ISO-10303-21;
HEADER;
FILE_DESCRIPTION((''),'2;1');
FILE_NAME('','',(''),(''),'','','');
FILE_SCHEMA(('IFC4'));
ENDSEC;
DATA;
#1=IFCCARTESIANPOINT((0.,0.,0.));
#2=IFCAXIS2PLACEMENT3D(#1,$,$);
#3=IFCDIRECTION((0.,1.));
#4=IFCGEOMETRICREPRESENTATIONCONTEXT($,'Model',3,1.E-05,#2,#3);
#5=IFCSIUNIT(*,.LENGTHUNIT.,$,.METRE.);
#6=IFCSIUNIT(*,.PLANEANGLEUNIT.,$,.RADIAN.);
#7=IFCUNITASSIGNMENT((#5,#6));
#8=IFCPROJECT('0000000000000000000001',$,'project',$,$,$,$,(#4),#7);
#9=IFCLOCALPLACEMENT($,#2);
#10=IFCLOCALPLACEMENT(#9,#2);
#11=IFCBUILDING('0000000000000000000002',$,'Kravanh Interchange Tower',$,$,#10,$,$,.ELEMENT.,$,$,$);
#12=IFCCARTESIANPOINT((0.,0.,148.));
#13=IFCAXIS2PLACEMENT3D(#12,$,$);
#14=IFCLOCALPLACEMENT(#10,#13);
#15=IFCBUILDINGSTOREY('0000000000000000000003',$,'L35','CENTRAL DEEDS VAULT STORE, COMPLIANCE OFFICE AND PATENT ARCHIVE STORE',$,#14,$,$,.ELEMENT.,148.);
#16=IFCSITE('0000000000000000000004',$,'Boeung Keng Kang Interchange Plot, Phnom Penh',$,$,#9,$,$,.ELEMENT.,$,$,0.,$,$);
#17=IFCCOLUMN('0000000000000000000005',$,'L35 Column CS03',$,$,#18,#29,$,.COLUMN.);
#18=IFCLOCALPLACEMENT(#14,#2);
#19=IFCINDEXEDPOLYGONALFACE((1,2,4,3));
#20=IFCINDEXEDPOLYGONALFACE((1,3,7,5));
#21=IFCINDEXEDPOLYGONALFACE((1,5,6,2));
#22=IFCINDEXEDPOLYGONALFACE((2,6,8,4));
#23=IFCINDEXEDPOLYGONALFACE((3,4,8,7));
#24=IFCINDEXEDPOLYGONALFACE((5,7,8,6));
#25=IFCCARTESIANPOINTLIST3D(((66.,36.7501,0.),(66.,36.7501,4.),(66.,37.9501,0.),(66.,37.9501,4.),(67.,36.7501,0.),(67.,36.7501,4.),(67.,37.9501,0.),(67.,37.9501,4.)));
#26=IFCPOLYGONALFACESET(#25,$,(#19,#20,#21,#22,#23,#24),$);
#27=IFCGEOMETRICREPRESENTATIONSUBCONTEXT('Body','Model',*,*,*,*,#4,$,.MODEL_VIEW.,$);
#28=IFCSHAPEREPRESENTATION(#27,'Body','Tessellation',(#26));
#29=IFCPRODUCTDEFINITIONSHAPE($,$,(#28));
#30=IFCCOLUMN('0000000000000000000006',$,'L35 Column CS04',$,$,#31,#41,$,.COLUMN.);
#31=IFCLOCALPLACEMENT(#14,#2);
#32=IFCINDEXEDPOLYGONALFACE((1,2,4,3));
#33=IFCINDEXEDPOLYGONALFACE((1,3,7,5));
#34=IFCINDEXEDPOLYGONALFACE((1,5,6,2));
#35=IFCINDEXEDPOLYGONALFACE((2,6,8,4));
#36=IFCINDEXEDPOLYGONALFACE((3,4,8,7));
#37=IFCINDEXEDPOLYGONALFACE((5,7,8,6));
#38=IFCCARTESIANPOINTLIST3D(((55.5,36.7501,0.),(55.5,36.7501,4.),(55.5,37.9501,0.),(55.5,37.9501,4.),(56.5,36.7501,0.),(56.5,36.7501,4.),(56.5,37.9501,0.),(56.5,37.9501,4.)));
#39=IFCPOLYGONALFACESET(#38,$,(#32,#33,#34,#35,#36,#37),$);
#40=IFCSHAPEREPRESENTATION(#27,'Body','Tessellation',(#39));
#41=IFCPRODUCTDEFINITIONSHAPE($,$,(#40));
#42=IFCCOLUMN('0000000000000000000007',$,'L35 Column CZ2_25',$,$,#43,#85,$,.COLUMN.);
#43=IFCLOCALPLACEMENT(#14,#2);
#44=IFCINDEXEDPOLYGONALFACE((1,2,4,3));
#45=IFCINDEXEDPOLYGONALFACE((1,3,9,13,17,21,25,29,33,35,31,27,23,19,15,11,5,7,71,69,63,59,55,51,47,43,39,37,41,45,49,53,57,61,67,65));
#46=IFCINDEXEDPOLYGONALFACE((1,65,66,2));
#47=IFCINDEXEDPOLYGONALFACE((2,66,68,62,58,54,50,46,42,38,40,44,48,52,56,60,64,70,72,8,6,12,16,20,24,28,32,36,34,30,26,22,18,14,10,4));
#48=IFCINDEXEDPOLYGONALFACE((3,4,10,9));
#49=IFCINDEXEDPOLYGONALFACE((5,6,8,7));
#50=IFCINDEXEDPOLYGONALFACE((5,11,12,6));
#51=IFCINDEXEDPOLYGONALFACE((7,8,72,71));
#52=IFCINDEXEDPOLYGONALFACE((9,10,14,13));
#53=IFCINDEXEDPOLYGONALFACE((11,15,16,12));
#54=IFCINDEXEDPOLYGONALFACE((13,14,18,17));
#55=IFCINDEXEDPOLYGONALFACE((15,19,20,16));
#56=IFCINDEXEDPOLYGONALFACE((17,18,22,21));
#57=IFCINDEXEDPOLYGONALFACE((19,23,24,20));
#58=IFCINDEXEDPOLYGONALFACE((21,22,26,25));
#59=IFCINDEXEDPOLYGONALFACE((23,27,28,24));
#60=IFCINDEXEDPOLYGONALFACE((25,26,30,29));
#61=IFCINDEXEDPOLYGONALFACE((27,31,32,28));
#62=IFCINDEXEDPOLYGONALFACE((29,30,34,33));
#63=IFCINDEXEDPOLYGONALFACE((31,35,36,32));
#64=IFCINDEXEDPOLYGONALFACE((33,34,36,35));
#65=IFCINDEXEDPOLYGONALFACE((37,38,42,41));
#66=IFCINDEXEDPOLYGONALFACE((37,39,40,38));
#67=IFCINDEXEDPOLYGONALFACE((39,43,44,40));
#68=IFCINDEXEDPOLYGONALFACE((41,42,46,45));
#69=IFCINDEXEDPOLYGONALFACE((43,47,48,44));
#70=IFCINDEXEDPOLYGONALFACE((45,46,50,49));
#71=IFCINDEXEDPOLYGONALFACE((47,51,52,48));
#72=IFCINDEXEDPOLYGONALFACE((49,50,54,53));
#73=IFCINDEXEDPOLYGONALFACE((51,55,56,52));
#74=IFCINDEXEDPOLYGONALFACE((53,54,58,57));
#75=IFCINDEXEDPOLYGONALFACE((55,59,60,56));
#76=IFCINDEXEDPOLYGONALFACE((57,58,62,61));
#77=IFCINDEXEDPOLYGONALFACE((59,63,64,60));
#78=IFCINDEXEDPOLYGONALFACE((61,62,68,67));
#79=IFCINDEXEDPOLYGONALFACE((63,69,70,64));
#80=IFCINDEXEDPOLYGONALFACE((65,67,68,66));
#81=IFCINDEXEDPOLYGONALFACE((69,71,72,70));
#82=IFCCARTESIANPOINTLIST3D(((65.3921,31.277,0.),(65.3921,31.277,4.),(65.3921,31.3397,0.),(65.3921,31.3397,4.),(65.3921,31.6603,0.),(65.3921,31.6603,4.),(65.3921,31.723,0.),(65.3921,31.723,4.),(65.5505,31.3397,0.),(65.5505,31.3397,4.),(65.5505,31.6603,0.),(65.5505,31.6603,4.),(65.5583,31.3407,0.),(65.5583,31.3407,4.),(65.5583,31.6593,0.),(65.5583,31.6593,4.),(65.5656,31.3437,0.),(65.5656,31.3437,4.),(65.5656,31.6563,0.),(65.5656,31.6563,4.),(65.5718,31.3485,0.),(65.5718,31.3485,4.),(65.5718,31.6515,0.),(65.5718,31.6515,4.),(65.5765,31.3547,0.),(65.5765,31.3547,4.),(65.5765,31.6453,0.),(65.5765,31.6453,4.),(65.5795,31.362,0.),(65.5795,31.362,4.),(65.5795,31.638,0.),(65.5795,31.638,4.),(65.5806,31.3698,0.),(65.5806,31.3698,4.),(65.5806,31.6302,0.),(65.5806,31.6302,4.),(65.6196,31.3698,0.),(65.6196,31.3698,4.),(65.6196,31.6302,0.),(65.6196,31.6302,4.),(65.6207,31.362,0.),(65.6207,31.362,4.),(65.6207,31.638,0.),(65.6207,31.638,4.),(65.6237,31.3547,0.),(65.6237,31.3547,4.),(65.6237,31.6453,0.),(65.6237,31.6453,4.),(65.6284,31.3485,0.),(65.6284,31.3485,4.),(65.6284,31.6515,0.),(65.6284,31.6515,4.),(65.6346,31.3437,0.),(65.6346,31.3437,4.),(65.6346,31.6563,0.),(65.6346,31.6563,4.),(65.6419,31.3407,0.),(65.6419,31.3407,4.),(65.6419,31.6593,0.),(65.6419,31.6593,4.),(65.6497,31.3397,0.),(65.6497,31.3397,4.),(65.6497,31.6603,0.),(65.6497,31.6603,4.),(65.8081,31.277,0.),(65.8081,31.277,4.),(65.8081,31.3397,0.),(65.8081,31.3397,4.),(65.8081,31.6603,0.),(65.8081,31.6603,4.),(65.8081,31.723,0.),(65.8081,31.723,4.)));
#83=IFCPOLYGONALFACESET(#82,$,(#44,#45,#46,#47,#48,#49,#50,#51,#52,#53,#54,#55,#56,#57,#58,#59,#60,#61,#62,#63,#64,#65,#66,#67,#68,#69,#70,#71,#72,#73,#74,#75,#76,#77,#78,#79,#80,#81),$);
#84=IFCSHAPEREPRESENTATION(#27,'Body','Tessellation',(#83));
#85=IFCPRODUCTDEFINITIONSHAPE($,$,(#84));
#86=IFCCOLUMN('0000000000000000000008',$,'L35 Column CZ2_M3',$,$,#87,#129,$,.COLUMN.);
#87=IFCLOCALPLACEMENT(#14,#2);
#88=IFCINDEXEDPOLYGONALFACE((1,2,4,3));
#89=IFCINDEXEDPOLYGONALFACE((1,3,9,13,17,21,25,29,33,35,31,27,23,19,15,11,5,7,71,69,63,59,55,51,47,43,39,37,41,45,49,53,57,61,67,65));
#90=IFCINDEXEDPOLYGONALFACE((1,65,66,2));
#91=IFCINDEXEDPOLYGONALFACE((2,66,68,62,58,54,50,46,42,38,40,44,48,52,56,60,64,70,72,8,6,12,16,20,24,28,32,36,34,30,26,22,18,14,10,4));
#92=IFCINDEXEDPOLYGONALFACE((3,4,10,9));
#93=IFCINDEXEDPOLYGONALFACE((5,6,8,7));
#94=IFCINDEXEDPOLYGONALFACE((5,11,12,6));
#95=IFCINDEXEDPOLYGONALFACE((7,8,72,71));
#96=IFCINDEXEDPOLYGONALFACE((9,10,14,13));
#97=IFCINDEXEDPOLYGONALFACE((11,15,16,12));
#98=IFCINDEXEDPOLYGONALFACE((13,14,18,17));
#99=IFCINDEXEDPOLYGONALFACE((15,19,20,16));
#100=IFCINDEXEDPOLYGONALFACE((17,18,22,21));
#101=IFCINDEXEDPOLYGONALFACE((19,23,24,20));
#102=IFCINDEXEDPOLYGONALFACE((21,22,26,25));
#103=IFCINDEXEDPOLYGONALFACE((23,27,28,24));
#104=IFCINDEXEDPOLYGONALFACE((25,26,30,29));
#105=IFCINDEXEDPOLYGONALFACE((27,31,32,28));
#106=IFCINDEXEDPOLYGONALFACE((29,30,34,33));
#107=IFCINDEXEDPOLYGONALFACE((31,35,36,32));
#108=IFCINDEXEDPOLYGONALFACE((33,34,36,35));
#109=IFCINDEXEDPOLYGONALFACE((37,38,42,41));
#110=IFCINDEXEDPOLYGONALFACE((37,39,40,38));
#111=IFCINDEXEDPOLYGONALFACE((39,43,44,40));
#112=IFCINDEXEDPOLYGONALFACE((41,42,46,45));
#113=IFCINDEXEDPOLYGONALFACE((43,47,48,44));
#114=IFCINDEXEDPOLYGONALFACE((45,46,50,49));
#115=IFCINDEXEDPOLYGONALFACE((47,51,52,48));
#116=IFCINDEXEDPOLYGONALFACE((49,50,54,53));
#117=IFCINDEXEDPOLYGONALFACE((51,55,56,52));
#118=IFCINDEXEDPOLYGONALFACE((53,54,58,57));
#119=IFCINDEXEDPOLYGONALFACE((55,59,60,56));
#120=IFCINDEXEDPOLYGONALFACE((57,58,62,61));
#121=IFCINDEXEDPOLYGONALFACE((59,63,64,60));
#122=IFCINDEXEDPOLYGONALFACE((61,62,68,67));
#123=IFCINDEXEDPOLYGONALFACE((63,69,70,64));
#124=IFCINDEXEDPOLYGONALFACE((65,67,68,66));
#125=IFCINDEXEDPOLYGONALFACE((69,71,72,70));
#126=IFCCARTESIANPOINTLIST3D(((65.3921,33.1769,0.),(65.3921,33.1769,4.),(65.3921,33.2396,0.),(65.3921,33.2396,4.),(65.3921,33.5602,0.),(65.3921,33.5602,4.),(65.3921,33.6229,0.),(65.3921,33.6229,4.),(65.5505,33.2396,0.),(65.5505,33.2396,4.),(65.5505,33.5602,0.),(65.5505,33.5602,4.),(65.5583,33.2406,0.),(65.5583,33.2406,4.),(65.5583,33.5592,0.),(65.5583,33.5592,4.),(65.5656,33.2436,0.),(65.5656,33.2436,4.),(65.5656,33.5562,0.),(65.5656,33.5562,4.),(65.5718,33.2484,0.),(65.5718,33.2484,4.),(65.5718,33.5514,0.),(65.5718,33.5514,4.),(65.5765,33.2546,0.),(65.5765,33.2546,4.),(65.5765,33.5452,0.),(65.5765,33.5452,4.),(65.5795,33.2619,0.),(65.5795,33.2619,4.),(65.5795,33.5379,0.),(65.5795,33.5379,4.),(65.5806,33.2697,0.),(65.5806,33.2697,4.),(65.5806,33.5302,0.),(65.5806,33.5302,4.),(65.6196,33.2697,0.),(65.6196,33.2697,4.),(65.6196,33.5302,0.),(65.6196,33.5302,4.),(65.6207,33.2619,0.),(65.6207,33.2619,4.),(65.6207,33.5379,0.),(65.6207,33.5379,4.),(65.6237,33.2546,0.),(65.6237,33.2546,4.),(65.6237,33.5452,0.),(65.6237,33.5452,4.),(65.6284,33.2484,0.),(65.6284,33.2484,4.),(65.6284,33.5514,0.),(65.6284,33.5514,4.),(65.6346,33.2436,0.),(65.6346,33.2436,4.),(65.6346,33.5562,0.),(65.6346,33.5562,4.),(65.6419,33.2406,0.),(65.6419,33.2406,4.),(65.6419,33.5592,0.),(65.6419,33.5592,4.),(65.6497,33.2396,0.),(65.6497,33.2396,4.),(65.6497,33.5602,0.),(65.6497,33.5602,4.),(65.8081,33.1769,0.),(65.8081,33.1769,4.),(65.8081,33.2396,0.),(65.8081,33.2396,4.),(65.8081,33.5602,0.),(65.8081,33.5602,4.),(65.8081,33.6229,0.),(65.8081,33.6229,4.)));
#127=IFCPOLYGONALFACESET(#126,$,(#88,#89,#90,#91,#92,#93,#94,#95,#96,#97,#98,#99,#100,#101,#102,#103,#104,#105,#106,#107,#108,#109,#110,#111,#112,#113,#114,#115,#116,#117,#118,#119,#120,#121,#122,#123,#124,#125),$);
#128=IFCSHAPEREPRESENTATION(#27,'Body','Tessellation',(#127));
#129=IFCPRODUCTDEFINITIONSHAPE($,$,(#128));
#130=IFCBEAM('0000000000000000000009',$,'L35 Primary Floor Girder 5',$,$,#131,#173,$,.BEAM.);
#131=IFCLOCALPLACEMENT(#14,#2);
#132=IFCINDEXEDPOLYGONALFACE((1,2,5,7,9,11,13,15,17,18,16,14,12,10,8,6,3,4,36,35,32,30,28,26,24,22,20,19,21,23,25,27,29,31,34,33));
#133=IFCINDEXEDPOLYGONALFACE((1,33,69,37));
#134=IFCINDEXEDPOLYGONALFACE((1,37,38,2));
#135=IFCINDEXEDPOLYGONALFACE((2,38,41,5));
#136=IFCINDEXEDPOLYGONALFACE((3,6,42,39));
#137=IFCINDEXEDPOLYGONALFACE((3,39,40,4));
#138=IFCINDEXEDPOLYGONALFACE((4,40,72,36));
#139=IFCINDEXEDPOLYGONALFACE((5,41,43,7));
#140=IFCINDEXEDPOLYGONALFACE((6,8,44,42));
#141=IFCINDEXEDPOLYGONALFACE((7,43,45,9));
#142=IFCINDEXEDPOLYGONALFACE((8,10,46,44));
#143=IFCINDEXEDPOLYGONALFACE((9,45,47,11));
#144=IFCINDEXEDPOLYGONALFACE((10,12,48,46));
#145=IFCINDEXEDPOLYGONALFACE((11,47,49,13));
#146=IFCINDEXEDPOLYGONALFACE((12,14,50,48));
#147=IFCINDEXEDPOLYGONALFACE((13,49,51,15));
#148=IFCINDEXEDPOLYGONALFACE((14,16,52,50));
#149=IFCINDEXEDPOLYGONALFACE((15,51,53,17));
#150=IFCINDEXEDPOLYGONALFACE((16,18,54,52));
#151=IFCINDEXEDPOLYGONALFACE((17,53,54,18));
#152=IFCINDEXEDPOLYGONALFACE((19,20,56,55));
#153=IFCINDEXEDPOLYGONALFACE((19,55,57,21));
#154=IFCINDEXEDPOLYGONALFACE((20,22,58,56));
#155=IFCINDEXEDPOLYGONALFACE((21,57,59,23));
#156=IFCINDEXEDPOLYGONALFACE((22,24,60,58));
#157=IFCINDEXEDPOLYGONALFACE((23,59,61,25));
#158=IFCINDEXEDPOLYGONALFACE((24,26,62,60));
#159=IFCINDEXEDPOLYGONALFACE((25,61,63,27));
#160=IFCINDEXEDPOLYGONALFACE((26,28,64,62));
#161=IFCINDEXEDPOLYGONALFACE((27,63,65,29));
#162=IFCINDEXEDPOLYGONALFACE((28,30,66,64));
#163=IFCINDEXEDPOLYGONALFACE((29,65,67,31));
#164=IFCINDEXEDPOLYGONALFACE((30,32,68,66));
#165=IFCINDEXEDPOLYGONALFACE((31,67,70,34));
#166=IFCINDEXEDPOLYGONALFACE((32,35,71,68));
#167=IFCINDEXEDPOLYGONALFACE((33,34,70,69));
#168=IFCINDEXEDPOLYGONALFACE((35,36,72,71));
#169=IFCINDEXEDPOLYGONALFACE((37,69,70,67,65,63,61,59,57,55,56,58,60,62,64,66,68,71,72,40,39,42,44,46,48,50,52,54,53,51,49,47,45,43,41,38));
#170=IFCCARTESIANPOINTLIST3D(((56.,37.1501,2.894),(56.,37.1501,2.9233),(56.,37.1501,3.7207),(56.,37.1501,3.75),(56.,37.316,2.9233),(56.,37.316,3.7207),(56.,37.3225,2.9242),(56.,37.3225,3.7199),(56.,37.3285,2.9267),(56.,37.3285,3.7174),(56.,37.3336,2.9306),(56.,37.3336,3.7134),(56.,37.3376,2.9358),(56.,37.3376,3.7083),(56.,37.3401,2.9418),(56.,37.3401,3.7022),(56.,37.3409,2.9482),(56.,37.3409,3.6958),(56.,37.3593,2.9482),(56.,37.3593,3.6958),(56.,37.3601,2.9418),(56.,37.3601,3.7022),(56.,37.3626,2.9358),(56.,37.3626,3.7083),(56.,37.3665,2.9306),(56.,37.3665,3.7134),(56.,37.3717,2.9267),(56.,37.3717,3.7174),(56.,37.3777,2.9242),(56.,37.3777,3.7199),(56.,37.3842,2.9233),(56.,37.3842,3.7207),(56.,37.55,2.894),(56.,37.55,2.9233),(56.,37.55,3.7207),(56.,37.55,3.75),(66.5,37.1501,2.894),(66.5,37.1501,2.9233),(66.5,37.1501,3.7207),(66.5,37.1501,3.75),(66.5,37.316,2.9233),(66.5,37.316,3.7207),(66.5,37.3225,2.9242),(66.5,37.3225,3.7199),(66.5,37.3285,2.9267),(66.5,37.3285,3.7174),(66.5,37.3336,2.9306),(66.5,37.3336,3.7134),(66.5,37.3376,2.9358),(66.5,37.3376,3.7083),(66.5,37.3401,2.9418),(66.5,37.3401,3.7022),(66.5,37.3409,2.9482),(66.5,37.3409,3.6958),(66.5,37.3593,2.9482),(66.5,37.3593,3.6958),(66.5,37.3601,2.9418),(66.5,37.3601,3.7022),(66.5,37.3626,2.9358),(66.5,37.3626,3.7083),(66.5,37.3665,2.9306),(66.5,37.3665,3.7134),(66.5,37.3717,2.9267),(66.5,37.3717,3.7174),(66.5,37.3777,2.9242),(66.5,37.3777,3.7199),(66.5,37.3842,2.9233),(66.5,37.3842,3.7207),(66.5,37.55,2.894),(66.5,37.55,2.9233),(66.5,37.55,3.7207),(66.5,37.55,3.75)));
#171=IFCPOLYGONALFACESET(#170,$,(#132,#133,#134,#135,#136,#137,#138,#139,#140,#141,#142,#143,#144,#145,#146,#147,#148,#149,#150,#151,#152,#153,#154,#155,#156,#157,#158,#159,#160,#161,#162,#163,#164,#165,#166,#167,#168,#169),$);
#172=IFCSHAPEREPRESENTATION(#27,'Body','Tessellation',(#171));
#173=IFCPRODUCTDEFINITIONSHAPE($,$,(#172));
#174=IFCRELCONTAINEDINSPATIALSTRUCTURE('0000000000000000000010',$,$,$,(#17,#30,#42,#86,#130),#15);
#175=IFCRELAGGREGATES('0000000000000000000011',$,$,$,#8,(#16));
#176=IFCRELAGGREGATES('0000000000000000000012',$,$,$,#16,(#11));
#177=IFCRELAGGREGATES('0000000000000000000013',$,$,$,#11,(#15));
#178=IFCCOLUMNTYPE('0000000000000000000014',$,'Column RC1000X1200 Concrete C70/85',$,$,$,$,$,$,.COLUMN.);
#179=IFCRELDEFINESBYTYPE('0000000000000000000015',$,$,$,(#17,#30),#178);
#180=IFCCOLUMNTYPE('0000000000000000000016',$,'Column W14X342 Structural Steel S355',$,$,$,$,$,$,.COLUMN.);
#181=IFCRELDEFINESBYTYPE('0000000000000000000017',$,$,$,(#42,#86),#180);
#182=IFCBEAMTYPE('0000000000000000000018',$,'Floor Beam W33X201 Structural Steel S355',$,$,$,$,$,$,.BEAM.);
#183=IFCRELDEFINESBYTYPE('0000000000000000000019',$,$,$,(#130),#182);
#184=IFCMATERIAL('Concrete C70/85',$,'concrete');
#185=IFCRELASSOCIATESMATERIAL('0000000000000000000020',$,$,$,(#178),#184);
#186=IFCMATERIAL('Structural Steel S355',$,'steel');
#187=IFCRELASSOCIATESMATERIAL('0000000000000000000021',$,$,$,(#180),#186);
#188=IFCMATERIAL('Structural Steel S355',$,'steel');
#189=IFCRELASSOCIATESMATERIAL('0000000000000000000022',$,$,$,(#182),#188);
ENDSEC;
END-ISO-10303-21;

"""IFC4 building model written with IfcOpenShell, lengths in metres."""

from ifc_helpers import new_model, si_unit, direction, frame, origin, origin_2d, place, context, subcontext, project, spatial, rectangle, i_section, extrude, material, material_profile, profile_set, type_object, element, save


model = new_model("IFC4")

# Units and contexts
model_context = context("Model", 3, precision=1e-05, world=origin(), true_north=direction((0.0, 1.0)))
body_context = subcontext(model_context, "Body", "Model", "MODEL_VIEW")
ifc_project = project(units=[si_unit("LENGTHUNIT", "METRE"), si_unit("PLANEANGLEUNIT", "RADIAN")], contexts=[model_context])

# Site, building, storey
site_placement = place(None, origin())
site = spatial("IfcSite", under=ifc_project, at=site_placement, Name="Boeung Keng Kang Interchange Plot, Phnom Penh", CompositionType="ELEMENT", RefElevation=0.0)
building_placement = place(site_placement, origin())
building = spatial("IfcBuilding", under=site, at=building_placement, Name="Kravanh Interchange Tower", CompositionType="ELEMENT")
storey_placement = place(building_placement, frame((0.0, 0.0, 148.0)))
storey = spatial("IfcBuildingStorey", under=building, at=storey_placement, Name="L35", Description="CENTRAL DEEDS VAULT STORE, COMPLIANCE OFFICE AND PATENT ARCHIVE STORE", CompositionType="ELEMENT", Elevation=148.0)

# Columns
ifc_material_1 = material(Name="Concrete C70/85", Category="concrete")
ifc_material_profile_1 = material_profile(ifc_material_1, rectangle(XDim=1.0, YDim=1.2, at=origin_2d()), Name="RC1000X1200")
ifc_profile_set_1 = profile_set([ifc_material_profile_1], Name="Concrete C70/85")
column_type_1 = type_object("IfcColumnType", Name="Column RC1000X1200 Concrete C70/85", PredefinedType="COLUMN", material=ifc_profile_set_1)
for number, where, z_axis, x_axis, name in (
    (1, (66.5, 37.3501, 0.0), (0.0, 0.0, 1.0), (1.0, 0.0, 0.0), "L35 Column CS03"),
    (2, (56.0, 37.3501, 0.0), (0.0, 0.0, 1.0), (1.0, 0.0, 0.0), "L35 Column CS04"),
):
    element("IfcColumn", number, at=place(storey_placement, frame(where, z_axis=z_axis, x_axis=x_axis)), inside=storey, type_object=column_type_1, Name=name, PredefinedType="COLUMN", context=body_context, shape_type="SweptSolid", body=[
        extrude(rectangle(XDim=1.0, YDim=1.2, at=origin_2d()), origin(), (0.0, 0.0, 1.0), 4.0),
    ])
ifc_material_2 = material(Name="Structural Steel S355", Category="steel")
ifc_material_profile_2 = material_profile(ifc_material_2, i_section(OverallWidth=0.416, OverallDepth=0.446, WebThickness=0.0391, FlangeThickness=0.0627, FilletRadius=0.03, at=origin_2d()), Name="W14X342")
ifc_profile_set_2 = profile_set([ifc_material_profile_2], Name="Structural Steel S355")
column_type_2 = type_object("IfcColumnType", Name="Column W14X342 Structural Steel S355", PredefinedType="COLUMN", material=ifc_profile_set_2)
for number, where, z_axis, x_axis, name in (
    (3, (65.6001, 31.5, 0.0), (0.0, 0.0, 1.0), (1.0, 0.0, 0.0), "L35 Column CZ2_25"),
    (4, (65.6001, 33.3999, 0.0), (0.0, 0.0, 1.0), (1.0, 0.0, 0.0), "L35 Column CZ2_M3"),
):
    element("IfcColumn", number, at=place(storey_placement, frame(where, z_axis=z_axis, x_axis=x_axis)), inside=storey, type_object=column_type_2, Name=name, PredefinedType="COLUMN", context=body_context, shape_type="SweptSolid", body=[
        extrude(i_section(OverallWidth=0.416, OverallDepth=0.446, WebThickness=0.0391, FlangeThickness=0.0627, FilletRadius=0.03, at=origin_2d()), origin(), (0.0, 0.0, 1.0), 4.0),
    ])

# Beam
ifc_material_3 = material(Name="Structural Steel S355", Category="steel")
ifc_material_profile_3 = material_profile(ifc_material_3, i_section(OverallWidth=0.3999, OverallDepth=0.856, WebThickness=0.0183, FlangeThickness=0.0293, FilletRadius=0.0249, at=origin_2d()), Name="W33X201")
ifc_profile_set_3 = profile_set([ifc_material_profile_3], Name="Structural Steel S355")
beam_type_1 = type_object("IfcBeamType", Name="Floor Beam W33X201 Structural Steel S355", PredefinedType="BEAM", material=ifc_profile_set_3)
beam_1_placement = place(storey_placement, frame((66.5, 37.3501, 3.322), z_axis=(-1.0, 0.0, 0.0), x_axis=(0.0, -1.0, 0.0)))
element("IfcBeam", 5, at=beam_1_placement, inside=storey, type_object=beam_type_1, Name="L35 Primary Floor Girder 5", PredefinedType="BEAM", context=body_context, shape_type="SweptSolid", body=[
    extrude(i_section(OverallWidth=0.3999, OverallDepth=0.856, WebThickness=0.0183, FlangeThickness=0.0293, FilletRadius=0.0249, at=origin_2d()), origin(), (0.0, 0.0, 1.0), 10.5),
])

save(model, "model.ifc")
